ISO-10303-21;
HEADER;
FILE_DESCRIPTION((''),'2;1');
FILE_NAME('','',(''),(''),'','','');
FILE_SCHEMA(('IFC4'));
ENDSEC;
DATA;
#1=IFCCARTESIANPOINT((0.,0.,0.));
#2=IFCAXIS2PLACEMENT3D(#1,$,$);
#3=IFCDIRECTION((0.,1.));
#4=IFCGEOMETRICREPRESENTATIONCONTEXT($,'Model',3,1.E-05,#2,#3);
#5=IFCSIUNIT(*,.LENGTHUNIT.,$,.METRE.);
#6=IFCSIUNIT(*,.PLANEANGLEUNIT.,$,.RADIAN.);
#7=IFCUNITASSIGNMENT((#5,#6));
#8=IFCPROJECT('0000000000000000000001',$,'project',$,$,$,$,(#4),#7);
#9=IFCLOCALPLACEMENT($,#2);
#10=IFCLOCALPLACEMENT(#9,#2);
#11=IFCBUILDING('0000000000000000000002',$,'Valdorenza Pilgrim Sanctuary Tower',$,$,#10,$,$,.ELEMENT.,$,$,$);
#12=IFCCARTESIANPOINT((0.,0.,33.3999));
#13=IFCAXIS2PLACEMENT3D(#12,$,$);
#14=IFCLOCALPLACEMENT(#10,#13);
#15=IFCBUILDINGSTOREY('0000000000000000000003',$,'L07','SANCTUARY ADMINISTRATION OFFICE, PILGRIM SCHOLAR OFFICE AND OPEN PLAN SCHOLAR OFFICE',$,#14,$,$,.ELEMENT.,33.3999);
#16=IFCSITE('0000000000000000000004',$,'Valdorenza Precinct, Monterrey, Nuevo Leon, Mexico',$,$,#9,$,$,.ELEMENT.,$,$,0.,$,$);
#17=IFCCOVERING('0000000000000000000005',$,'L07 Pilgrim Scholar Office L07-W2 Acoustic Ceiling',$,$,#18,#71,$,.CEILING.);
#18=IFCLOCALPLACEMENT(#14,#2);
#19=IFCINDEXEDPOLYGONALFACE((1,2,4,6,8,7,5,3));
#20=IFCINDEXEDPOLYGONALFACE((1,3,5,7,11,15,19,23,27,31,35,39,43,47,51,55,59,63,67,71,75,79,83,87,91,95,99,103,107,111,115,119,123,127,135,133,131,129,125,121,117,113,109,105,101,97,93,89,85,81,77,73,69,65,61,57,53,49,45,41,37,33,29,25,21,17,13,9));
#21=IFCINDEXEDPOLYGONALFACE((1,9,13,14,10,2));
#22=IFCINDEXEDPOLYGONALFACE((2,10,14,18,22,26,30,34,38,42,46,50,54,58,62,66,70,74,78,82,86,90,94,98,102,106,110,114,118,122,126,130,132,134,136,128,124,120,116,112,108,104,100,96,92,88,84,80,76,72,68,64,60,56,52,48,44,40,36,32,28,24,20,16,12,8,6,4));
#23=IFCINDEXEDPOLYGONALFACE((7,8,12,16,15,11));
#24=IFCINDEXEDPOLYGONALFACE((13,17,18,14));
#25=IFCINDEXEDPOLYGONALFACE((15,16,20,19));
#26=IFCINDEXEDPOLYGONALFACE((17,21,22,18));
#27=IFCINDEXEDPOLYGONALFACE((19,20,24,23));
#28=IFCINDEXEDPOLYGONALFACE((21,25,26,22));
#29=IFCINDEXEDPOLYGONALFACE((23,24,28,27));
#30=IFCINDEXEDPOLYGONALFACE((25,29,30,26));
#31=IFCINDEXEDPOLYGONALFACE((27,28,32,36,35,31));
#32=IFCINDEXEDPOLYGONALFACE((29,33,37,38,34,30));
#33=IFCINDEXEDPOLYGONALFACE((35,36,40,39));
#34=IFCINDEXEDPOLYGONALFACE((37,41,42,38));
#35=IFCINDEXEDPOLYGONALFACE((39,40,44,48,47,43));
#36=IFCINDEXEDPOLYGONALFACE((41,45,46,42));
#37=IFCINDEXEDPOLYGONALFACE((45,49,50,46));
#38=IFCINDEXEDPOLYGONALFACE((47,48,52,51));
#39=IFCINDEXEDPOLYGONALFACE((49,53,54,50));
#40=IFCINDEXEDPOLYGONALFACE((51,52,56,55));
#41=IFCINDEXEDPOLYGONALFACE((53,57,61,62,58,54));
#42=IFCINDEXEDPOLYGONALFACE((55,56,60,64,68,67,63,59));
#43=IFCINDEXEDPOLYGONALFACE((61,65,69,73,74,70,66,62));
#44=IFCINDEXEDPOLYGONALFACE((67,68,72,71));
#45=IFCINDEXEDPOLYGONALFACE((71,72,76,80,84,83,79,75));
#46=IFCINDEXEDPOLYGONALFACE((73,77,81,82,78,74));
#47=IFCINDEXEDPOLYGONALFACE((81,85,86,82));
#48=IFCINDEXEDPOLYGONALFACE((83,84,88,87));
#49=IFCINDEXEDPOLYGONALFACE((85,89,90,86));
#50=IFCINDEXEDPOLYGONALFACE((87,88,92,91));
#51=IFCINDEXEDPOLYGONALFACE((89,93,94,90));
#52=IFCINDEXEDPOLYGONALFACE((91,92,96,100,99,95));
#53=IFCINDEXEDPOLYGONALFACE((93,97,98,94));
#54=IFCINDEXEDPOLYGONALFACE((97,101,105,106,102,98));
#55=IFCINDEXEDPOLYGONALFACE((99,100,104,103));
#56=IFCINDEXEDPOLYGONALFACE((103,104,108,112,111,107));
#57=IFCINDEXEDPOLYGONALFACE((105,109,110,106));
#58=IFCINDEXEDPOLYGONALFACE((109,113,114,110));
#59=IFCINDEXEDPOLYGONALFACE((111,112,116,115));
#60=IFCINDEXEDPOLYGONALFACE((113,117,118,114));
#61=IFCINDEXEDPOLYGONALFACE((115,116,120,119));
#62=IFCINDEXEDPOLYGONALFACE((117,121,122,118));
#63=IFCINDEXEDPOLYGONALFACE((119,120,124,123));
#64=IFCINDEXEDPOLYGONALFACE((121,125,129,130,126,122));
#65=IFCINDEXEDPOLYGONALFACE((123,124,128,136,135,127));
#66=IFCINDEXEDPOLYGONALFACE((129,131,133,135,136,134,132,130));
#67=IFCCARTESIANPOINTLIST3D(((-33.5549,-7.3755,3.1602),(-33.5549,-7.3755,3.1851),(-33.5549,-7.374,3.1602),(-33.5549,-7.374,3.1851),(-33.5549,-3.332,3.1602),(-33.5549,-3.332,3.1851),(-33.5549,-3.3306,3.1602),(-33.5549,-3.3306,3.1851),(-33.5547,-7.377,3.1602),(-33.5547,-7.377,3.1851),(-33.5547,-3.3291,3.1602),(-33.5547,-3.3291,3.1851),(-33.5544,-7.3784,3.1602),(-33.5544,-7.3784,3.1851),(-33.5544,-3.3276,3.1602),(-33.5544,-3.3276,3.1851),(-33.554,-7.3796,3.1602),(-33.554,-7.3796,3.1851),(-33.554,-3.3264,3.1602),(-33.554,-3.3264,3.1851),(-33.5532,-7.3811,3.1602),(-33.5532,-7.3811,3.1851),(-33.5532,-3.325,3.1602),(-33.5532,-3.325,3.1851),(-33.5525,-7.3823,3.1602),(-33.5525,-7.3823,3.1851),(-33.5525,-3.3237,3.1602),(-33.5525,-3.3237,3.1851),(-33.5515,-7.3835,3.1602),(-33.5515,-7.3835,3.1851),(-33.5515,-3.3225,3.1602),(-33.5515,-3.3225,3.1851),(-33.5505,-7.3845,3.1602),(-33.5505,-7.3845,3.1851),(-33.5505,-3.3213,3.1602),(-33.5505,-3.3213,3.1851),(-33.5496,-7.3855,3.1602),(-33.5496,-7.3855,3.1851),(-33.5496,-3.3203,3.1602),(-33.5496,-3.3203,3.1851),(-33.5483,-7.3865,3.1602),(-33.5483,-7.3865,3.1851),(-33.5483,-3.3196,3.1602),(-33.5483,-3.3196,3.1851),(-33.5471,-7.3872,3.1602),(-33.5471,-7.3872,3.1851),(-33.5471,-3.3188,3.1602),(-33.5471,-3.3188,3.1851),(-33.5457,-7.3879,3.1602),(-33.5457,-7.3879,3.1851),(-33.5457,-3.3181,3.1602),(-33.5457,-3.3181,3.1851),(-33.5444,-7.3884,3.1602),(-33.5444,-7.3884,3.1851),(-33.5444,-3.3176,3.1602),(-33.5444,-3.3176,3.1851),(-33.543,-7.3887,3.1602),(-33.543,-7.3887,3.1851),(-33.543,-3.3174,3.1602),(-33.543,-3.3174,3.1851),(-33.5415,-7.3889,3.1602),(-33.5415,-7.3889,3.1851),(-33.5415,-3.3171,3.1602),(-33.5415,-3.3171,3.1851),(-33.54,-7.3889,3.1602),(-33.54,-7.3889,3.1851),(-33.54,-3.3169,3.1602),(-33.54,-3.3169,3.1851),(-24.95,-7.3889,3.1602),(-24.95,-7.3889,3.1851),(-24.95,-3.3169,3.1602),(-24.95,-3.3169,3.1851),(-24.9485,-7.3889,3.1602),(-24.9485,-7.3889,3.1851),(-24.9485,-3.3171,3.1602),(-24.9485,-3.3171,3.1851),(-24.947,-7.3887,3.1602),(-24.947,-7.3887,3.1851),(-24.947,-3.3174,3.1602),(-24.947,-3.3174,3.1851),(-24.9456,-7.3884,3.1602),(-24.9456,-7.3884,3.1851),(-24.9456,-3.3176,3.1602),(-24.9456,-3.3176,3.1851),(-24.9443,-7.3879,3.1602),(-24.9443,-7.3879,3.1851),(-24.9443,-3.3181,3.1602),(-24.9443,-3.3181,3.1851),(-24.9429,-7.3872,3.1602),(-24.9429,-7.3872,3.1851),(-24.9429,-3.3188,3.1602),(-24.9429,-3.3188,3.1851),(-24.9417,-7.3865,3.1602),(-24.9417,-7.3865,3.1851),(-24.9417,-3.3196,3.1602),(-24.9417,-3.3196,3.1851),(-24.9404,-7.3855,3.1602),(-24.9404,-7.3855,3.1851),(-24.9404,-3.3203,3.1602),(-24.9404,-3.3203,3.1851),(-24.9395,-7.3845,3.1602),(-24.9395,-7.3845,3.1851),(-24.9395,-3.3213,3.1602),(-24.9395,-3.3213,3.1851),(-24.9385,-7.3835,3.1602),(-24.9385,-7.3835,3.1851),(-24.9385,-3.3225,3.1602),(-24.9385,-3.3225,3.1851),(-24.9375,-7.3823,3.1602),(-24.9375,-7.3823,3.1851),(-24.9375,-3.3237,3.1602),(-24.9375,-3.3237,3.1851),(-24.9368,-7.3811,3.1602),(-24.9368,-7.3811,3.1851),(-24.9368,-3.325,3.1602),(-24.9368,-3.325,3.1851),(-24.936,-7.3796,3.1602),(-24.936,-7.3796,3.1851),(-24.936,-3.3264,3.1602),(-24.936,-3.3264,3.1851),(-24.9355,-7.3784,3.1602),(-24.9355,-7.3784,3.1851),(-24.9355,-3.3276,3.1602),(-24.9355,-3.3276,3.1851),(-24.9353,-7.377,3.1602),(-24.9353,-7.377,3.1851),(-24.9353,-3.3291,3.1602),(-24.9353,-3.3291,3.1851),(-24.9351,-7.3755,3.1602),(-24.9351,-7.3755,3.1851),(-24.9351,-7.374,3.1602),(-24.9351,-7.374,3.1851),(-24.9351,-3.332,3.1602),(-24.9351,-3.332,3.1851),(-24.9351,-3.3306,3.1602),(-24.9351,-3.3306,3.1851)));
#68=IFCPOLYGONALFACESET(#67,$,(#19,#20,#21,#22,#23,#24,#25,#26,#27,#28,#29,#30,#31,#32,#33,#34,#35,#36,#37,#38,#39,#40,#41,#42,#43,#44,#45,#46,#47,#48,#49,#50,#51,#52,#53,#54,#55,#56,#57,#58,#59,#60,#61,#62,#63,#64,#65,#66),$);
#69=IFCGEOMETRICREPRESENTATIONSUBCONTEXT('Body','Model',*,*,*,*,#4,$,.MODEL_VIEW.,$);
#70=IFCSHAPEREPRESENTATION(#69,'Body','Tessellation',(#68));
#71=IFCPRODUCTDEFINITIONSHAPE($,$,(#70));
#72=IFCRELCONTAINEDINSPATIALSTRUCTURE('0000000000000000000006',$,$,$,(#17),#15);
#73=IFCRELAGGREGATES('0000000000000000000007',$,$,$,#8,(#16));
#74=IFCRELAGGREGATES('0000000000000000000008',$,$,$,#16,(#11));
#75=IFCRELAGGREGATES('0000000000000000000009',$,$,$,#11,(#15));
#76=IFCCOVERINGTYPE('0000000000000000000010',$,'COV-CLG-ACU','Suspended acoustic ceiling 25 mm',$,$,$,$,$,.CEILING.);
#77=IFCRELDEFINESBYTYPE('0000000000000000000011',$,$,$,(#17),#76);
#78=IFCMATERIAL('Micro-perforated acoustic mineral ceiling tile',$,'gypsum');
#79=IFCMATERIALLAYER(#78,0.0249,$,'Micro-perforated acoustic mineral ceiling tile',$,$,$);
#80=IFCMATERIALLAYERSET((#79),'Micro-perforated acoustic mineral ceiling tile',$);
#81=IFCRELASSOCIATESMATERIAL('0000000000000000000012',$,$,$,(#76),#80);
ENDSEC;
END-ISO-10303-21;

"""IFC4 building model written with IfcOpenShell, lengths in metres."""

from ifc_helpers import new_model, si_unit, direction, frame, origin, place, context, subcontext, project, spatial, polyline, outline, extrude, material, layer, layer_set, type_object, element, save


model = new_model("IFC4")

# Units and contexts
model_context = context("Model", 3, precision=1e-05, world=origin(), true_north=direction((0.0, 1.0)))
body_context = subcontext(model_context, "Body", "Model", "MODEL_VIEW")
ifc_project = project(units=[si_unit("LENGTHUNIT", "METRE"), si_unit("PLANEANGLEUNIT", "RADIAN")], contexts=[model_context])

# Site, building, storey
site_placement = place(None, origin())
site = spatial("IfcSite", under=ifc_project, at=site_placement, Name="Valdorenza Precinct, Monterrey, Nuevo Leon, Mexico", CompositionType="ELEMENT", RefElevation=0.0)
building_placement = place(site_placement, origin())
building = spatial("IfcBuilding", under=site, at=building_placement, Name="Valdorenza Pilgrim Sanctuary Tower", CompositionType="ELEMENT")
storey_placement = place(building_placement, frame((0.0, 0.0, 33.3999)))
storey = spatial("IfcBuildingStorey", under=building, at=storey_placement, Name="L07", Description="SANCTUARY ADMINISTRATION OFFICE, PILGRIM SCHOLAR OFFICE AND OPEN PLAN SCHOLAR OFFICE", CompositionType="ELEMENT", Elevation=33.3999)

# Covering
ifc_material_1 = material(Name="Micro-perforated acoustic mineral ceiling tile", Category="gypsum")
ifc_layer_1 = layer(ifc_material_1, 0.0249, Name="Micro-perforated acoustic mineral ceiling tile")
ifc_layer_set_1 = layer_set([ifc_layer_1], Name="Micro-perforated acoustic mineral ceiling tile")
covering_type_1 = type_object("IfcCoveringType", Name="COV-CLG-ACU", Description="Suspended acoustic ceiling 25 mm", PredefinedType="CEILING", material=ifc_layer_set_1)
covering_1_placement = place(storey_placement, frame((0.0, 0.0, 3.1602)))
element("IfcCovering", 1, at=covering_1_placement, inside=storey, type_object=covering_type_1, Name="L07 Pilgrim Scholar Office L07-W2 Acoustic Ceiling", PredefinedType="CEILING", context=body_context, shape_type="SweptSolid", body=[
    extrude(outline(polyline([(-24.9351, -7.374), (-24.9351, -7.3755), (-24.9353, -7.377), (-24.9355, -7.3784), (-24.936, -7.3796), (-24.9368, -7.3811), (-24.9375, -7.3823), (-24.9385, -7.3835), (-24.9395, -7.3845), (-24.9404, -7.3855), (-24.9417, -7.3865), (-24.9429, -7.3872), (-24.9443, -7.3879), (-24.9456, -7.3884), (-24.947, -7.3887), (-24.9485, -7.3889), (-24.95, -7.3889), (-33.54, -7.3889), (-33.5415, -7.3889), (-33.543, -7.3887), (-33.5444, -7.3884), (-33.5457, -7.3879), (-33.5471, -7.3872), (-33.5483, -7.3865), (-33.5496, -7.3855), (-33.5505, -7.3845), (-33.5515, -7.3835), (-33.5525, -7.3823), (-33.5532, -7.3811), (-33.554, -7.3796), (-33.5544, -7.3784), (-33.5547, -7.377), (-33.5549, -7.3755), (-33.5549, -7.374), (-33.5549, -3.332), (-33.5549, -3.3306), (-33.5547, -3.3291), (-33.5544, -3.3276), (-33.554, -3.3264), (-33.5532, -3.325), (-33.5525, -3.3237), (-33.5515, -3.3225), (-33.5505, -3.3213), (-33.5496, -3.3203), (-33.5483, -3.3196), (-33.5471, -3.3188), (-33.5457, -3.3181), (-33.5444, -3.3176), (-33.543, -3.3174), (-33.5415, -3.3171), (-33.54, -3.3169), (-24.95, -3.3169), (-24.9485, -3.3171), (-24.947, -3.3174), (-24.9456, -3.3176), (-24.9443, -3.3181), (-24.9429, -3.3188), (-24.9417, -3.3196), (-24.9404, -3.3203), (-24.9395, -3.3213), (-24.9385, -3.3225), (-24.9375, -3.3237), (-24.9368, -3.325), (-24.936, -3.3264), (-24.9355, -3.3276), (-24.9353, -3.3291), (-24.9351, -3.3306), (-24.9351, -3.332), (-24.9351, -7.374)])), origin(), (0.0, 0.0, 1.0), 0.0249),
])

save(model, "model.ifc")
